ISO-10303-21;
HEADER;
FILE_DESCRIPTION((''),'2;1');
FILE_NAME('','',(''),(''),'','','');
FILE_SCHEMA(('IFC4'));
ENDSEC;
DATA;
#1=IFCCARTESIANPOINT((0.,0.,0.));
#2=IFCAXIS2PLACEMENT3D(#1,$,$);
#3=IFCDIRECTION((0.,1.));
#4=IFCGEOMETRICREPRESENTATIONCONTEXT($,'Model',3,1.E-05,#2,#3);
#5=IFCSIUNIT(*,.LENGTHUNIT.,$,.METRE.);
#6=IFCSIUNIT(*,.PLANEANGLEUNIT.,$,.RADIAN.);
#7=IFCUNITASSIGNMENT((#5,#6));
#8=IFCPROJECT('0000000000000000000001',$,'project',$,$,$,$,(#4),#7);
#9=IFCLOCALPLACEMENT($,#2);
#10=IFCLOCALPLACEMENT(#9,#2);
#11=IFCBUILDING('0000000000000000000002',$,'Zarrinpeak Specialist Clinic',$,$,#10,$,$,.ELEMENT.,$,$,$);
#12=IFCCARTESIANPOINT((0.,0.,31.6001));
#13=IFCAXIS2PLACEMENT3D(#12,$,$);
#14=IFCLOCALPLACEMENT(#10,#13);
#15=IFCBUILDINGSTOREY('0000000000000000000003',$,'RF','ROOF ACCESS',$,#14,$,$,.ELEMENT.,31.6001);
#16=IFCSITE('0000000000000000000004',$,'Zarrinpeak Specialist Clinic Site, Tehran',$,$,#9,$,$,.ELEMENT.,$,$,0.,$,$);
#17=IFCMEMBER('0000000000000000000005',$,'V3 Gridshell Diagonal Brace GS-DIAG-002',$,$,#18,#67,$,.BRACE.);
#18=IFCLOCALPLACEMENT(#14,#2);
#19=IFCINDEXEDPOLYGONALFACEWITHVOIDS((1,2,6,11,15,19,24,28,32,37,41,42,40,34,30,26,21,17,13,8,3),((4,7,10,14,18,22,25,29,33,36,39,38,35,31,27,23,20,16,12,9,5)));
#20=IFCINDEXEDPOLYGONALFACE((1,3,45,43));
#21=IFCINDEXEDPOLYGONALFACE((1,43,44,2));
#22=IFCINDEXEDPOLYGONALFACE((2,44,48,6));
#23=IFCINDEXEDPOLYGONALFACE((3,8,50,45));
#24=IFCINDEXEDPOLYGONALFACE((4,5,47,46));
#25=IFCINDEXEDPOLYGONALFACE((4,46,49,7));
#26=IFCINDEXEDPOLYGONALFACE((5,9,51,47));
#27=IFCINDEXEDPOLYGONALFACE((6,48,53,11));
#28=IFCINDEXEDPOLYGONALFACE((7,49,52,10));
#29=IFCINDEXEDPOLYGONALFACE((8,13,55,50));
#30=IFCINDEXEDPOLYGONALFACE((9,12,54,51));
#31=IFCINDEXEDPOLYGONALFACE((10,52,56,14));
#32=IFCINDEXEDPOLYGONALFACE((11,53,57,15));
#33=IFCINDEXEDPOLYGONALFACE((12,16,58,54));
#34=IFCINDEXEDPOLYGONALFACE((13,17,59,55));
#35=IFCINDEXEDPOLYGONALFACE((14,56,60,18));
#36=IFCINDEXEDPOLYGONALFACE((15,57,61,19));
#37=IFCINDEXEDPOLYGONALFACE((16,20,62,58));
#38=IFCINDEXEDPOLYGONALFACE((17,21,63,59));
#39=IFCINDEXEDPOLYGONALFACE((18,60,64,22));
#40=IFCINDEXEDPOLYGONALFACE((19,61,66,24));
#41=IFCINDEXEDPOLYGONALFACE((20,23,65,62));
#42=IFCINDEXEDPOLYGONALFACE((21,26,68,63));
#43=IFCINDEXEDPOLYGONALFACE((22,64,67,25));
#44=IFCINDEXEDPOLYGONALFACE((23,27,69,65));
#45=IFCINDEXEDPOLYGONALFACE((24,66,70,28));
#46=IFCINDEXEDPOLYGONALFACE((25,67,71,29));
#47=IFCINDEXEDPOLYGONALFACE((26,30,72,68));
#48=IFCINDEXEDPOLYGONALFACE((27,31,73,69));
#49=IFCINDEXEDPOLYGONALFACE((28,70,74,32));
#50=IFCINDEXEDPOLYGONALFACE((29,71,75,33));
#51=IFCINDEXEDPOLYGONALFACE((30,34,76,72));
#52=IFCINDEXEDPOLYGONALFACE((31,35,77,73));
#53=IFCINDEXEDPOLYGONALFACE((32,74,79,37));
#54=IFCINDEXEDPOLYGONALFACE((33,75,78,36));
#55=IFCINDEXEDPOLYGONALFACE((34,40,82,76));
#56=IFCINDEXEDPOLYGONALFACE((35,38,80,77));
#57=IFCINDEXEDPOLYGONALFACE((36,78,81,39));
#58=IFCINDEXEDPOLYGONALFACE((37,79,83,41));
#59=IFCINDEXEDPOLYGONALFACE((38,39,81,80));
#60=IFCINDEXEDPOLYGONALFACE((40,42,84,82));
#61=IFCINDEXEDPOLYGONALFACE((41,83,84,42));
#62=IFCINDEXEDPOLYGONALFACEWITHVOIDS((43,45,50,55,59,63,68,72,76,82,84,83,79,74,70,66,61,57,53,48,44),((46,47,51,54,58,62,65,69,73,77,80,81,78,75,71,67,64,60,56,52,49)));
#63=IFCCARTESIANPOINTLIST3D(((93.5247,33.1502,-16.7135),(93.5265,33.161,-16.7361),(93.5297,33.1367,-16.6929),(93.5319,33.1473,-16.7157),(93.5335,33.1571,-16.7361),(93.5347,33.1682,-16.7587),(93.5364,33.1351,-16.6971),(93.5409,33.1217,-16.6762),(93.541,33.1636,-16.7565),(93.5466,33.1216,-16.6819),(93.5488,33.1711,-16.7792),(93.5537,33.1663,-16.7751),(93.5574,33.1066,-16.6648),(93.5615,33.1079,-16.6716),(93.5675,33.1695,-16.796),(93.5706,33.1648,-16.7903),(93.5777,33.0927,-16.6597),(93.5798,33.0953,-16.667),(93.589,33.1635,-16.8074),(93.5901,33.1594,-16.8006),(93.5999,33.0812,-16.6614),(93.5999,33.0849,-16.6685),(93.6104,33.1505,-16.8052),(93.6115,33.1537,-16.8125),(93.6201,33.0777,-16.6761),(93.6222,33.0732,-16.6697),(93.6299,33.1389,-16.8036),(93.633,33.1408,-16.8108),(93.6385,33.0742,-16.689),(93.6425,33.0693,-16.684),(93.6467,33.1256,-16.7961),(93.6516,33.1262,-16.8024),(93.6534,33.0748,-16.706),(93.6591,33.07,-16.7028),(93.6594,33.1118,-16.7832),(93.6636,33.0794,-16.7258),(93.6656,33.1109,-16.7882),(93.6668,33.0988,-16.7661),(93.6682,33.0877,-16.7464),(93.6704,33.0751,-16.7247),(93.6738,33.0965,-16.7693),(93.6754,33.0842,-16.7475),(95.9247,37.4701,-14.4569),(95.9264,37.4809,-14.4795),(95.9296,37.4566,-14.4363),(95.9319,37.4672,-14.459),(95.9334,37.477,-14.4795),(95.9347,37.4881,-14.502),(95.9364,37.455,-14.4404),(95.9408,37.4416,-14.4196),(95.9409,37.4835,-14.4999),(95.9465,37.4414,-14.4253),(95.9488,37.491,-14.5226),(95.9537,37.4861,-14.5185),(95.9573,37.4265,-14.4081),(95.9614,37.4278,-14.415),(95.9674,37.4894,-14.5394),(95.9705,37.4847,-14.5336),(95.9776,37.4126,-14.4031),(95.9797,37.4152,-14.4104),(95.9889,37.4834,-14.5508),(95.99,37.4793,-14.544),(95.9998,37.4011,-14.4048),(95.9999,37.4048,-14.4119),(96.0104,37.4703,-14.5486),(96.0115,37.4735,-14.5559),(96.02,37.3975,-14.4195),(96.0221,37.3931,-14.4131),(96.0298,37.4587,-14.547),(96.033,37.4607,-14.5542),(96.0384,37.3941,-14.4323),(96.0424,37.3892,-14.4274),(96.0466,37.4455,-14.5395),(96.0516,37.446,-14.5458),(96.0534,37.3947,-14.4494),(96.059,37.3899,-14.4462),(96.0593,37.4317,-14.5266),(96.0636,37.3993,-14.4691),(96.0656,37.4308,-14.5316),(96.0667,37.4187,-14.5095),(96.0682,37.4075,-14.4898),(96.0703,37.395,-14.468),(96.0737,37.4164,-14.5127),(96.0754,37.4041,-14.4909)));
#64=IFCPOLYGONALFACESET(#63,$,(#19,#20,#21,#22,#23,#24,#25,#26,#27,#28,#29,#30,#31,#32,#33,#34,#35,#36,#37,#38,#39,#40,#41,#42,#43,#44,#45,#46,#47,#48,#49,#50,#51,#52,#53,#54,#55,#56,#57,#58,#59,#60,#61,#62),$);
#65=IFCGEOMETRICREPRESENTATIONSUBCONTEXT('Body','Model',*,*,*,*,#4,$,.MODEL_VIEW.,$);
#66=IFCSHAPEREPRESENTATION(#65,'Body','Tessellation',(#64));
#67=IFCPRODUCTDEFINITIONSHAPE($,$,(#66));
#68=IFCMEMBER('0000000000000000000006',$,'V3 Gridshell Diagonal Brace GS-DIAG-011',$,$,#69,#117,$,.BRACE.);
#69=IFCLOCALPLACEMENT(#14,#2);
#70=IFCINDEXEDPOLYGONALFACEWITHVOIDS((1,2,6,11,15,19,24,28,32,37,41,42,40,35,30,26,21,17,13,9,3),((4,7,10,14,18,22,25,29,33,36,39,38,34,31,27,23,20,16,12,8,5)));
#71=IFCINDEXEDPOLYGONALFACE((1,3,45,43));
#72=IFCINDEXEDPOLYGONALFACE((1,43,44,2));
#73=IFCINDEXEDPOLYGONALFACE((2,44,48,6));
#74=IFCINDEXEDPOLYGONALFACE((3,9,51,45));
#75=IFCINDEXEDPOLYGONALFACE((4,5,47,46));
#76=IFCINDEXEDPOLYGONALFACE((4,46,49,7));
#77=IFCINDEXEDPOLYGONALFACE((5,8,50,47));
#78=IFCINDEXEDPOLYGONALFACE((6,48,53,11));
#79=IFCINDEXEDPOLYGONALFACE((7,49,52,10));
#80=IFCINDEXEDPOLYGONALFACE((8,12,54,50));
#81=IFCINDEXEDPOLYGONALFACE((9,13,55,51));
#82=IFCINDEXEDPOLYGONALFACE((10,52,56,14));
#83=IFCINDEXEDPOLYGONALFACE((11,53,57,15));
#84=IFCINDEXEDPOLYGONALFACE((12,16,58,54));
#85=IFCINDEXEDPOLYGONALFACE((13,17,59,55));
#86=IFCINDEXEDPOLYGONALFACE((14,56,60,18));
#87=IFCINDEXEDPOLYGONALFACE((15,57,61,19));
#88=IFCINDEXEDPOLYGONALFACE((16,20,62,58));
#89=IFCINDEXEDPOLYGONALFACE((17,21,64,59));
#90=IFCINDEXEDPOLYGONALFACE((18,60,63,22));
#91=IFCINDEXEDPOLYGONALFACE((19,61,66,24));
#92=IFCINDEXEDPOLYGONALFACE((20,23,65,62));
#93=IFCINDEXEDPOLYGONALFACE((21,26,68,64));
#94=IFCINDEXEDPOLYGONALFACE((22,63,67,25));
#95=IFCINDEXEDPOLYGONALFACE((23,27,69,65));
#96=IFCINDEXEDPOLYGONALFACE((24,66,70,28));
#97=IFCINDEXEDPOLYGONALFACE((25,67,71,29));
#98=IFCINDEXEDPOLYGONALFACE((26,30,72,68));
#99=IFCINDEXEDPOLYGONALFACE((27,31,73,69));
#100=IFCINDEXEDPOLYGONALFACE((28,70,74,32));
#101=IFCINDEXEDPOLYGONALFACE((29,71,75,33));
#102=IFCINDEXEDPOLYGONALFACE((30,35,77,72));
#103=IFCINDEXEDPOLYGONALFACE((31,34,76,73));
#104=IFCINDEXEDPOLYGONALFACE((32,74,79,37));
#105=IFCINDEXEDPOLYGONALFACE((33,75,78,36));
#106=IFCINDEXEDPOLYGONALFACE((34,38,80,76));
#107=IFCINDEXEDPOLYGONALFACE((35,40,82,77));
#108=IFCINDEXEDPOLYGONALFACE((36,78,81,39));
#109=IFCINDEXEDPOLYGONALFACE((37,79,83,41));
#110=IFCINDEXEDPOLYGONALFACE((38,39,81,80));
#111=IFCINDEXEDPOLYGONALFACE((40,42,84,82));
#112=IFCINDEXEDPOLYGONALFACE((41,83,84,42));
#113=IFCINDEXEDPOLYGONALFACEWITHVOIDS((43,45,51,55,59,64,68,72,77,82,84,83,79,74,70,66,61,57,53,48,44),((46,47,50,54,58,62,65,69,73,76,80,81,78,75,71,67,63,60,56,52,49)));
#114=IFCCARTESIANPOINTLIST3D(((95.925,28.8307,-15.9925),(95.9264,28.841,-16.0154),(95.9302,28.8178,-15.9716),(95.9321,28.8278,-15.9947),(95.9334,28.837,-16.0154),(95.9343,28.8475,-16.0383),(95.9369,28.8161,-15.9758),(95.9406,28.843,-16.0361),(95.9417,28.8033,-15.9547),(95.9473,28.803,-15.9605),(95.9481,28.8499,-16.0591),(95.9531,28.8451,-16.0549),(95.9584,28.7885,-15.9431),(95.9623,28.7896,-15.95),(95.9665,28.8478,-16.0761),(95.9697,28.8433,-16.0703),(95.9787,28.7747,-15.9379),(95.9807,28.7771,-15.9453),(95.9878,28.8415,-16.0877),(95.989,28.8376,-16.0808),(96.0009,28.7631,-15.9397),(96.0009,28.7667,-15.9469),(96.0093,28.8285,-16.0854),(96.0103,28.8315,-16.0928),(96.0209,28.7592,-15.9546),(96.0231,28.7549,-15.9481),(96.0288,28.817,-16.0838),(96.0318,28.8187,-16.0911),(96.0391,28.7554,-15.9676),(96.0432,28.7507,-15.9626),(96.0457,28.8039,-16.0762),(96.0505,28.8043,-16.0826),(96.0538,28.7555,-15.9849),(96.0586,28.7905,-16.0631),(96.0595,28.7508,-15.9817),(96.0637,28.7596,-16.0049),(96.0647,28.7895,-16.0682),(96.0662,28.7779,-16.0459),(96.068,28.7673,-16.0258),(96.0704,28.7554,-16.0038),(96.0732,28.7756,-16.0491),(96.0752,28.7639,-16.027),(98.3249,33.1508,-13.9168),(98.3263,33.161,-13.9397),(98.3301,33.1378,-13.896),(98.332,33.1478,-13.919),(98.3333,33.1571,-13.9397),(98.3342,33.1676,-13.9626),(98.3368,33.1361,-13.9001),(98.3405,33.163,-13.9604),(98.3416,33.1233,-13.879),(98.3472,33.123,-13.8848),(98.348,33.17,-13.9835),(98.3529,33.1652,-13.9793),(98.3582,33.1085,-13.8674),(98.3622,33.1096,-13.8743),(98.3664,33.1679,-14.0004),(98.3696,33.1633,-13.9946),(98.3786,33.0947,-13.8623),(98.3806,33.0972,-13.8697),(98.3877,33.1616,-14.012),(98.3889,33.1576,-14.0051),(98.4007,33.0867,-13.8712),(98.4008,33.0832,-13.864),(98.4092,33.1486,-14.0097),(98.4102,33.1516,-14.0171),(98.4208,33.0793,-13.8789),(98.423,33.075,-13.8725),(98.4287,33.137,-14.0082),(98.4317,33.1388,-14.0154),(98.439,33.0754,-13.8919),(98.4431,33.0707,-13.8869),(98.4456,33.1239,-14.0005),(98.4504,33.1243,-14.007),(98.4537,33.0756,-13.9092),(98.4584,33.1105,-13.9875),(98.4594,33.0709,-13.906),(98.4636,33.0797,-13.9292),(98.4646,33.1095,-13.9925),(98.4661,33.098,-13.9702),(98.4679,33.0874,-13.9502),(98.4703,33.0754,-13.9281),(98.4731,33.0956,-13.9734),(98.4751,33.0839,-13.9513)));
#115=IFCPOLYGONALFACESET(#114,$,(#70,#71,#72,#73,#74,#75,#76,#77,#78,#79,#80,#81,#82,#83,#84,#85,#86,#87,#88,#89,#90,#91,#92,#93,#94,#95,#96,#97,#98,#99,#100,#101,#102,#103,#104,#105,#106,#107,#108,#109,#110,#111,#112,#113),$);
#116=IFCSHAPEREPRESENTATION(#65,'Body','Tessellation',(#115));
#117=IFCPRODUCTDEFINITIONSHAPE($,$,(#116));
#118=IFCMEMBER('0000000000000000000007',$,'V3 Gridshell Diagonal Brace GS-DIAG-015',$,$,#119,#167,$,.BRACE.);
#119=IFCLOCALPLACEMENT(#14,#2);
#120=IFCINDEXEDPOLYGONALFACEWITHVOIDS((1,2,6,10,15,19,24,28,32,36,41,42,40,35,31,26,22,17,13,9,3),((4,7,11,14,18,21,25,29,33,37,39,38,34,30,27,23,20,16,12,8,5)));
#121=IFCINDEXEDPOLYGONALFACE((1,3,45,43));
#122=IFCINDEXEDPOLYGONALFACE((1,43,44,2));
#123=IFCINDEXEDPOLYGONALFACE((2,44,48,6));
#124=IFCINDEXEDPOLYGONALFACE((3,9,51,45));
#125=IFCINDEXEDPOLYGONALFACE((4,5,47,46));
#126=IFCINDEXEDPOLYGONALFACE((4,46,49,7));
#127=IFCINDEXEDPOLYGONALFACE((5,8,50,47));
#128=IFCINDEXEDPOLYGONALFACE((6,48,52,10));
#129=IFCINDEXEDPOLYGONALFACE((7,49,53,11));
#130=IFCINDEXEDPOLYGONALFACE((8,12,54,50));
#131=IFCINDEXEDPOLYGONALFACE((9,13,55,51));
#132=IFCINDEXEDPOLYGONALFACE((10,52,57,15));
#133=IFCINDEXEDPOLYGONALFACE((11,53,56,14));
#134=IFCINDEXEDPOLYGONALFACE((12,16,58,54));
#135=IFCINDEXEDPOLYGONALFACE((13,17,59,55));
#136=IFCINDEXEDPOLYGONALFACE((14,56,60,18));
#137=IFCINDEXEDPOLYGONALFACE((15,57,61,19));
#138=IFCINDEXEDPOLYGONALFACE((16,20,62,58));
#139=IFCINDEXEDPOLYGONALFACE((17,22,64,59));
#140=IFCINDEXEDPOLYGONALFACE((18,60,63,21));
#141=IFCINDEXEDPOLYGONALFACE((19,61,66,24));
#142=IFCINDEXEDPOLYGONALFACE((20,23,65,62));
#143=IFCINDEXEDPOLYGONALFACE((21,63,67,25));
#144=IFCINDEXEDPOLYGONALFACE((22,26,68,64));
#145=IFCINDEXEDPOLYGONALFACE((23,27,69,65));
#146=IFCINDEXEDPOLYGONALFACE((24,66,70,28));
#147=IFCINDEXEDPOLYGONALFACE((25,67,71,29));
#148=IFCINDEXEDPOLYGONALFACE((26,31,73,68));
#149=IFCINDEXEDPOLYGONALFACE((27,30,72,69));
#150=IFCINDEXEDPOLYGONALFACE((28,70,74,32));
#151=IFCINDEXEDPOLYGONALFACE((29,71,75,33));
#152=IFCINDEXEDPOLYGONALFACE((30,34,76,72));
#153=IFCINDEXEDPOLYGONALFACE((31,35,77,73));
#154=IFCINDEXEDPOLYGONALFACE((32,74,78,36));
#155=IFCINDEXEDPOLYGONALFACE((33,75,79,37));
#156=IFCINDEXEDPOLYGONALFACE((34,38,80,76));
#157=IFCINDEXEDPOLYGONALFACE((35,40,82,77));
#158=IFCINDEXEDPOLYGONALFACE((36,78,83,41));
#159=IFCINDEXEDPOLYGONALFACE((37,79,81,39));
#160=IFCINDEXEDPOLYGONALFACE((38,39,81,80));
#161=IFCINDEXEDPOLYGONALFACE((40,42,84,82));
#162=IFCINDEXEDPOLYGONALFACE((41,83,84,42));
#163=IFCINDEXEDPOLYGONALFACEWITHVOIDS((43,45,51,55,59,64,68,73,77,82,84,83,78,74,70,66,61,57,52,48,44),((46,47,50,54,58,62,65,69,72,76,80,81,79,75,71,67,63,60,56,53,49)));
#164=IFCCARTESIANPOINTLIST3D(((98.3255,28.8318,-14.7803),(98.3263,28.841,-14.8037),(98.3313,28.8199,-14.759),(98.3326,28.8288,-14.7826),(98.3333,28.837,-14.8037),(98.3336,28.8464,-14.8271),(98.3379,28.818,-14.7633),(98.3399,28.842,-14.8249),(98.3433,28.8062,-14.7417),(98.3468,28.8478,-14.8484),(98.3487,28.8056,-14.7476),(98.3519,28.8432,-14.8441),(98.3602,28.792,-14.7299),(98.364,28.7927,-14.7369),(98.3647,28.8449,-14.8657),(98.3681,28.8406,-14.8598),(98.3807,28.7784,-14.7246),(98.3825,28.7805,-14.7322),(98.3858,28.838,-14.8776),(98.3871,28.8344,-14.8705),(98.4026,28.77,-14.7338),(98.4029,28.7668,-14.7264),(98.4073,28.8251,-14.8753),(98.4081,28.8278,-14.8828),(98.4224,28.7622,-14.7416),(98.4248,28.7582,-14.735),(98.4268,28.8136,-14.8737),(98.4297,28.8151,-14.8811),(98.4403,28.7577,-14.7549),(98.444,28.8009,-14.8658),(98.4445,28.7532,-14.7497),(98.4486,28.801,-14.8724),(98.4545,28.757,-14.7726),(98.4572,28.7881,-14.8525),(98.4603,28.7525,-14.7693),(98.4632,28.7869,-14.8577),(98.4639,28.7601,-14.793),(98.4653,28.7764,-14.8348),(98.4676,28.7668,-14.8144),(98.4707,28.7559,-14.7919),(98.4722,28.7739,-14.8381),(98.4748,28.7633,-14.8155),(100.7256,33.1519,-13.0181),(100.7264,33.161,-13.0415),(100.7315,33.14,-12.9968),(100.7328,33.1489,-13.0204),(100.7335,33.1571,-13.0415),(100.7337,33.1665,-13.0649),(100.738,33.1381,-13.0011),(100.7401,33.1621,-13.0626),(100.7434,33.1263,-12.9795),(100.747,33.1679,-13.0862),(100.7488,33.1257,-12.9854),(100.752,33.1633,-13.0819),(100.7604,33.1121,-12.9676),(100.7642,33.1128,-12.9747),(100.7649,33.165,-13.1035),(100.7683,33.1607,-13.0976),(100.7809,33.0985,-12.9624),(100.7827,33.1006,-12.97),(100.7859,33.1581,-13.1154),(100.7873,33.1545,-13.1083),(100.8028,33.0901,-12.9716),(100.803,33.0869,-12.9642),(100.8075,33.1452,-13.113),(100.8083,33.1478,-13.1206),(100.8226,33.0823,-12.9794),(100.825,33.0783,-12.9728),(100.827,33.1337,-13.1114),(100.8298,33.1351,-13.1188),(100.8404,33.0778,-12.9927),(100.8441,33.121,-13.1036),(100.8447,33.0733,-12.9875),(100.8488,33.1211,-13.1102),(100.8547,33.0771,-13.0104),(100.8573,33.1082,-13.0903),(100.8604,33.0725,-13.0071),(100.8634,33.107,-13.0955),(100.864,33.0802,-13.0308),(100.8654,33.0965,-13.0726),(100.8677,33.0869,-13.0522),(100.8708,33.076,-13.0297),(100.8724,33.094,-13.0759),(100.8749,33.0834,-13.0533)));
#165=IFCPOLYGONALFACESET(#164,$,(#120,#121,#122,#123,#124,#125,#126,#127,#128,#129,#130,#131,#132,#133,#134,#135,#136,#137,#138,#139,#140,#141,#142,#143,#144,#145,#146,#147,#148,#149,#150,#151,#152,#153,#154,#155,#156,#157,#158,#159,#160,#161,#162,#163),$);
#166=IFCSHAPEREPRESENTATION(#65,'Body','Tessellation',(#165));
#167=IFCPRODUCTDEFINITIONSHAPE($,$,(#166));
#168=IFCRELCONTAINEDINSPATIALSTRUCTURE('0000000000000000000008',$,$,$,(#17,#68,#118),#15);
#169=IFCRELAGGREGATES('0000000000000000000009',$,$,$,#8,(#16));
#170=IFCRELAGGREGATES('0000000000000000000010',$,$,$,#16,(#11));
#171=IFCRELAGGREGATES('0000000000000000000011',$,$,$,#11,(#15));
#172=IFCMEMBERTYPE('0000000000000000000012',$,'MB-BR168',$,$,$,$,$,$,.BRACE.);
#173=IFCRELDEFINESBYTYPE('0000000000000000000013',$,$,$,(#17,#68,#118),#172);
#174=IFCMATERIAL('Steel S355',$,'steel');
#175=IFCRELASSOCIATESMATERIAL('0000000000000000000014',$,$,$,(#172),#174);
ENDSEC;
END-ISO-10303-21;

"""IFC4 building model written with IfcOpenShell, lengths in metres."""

from ifc_helpers import new_model, si_unit, direction, frame, origin, origin_2d, place, context, subcontext, project, spatial, hollow_circle, extrude, material, material_profile, profile_set, type_object, element, save


model = new_model("IFC4")

# Units and contexts
model_context = context("Model", 3, precision=1e-05, world=origin(), true_north=direction((0.0, 1.0)))
body_context = subcontext(model_context, "Body", "Model", "MODEL_VIEW")
ifc_project = project(units=[si_unit("LENGTHUNIT", "METRE"), si_unit("PLANEANGLEUNIT", "RADIAN")], contexts=[model_context])

# Site, building, storey
site_placement = place(None, origin())
site = spatial("IfcSite", under=ifc_project, at=site_placement, Name="Zarrinpeak Specialist Clinic Site, Tehran", CompositionType="ELEMENT", RefElevation=0.0)
building_placement = place(site_placement, origin())
building = spatial("IfcBuilding", under=site, at=building_placement, Name="Zarrinpeak Specialist Clinic", CompositionType="ELEMENT")
storey_placement = place(building_placement, frame((0.0, 0.0, 31.6001)))
storey = spatial("IfcBuildingStorey", under=building, at=storey_placement, Name="RF", Description="ROOF ACCESS", CompositionType="ELEMENT", Elevation=31.6001)

# Members
ifc_material_1 = material(Name="Steel S355", Category="steel")
ifc_material_profile_1 = material_profile(ifc_material_1, hollow_circle(Radius=0.0842, WallThickness=0.0081, at=origin_2d()), Name="CHS 168.3x8.0")
ifc_profile_set_1 = profile_set([ifc_material_profile_1], Name="Steel S355")
member_type_1 = type_object("IfcMemberType", Name="MB-BR168", PredefinedType="BRACE", material=ifc_profile_set_1)
member_1_placement = place(storey_placement, frame((93.6001, 33.1201, -16.7361), z_axis=(0.441763, 0.795174, 0.415383), x_axis=(-0.874157, 0.485643, 0.0)))
element("IfcMember", 1, at=member_1_placement, inside=storey, type_object=member_type_1, Name="V3 Gridshell Diagonal Brace GS-DIAG-002", PredefinedType="BRACE", context=body_context, shape_type="SweptSolid", body=[
    extrude(hollow_circle(Radius=0.0842, WallThickness=0.0081, at=origin_2d()), origin(), (0.0, 0.0, 1.0), 5.4326),
])
member_2_placement = place(storey_placement, frame((96.0, 28.8, -16.0154), z_axis=(0.447732, 0.805963, 0.387245), x_axis=(-0.874169, 0.485622, 0.0)))
element("IfcMember", 2, at=member_2_placement, inside=storey, type_object=member_type_1, Name="V3 Gridshell Diagonal Brace GS-DIAG-011", PredefinedType="BRACE", context=body_context, shape_type="SweptSolid", body=[
    extrude(hollow_circle(Radius=0.0842, WallThickness=0.0081, at=origin_2d()), origin(), (0.0, 0.0, 1.0), 5.3601),
])
member_3_placement = place(storey_placement, frame((98.3999, 28.8, -14.8037), z_axis=(0.457448, 0.82337, 0.335862), x_axis=(-0.874148, 0.48566, 0.0)))
element("IfcMember", 3, at=member_3_placement, inside=storey, type_object=member_type_1, Name="V3 Gridshell Diagonal Brace GS-DIAG-015", PredefinedType="BRACE", context=body_context, shape_type="SweptSolid", body=[
    extrude(hollow_circle(Radius=0.0842, WallThickness=0.0081, at=origin_2d()), origin(), (0.0, 0.0, 1.0), 5.2468),
])

save(model, "model.ifc")
